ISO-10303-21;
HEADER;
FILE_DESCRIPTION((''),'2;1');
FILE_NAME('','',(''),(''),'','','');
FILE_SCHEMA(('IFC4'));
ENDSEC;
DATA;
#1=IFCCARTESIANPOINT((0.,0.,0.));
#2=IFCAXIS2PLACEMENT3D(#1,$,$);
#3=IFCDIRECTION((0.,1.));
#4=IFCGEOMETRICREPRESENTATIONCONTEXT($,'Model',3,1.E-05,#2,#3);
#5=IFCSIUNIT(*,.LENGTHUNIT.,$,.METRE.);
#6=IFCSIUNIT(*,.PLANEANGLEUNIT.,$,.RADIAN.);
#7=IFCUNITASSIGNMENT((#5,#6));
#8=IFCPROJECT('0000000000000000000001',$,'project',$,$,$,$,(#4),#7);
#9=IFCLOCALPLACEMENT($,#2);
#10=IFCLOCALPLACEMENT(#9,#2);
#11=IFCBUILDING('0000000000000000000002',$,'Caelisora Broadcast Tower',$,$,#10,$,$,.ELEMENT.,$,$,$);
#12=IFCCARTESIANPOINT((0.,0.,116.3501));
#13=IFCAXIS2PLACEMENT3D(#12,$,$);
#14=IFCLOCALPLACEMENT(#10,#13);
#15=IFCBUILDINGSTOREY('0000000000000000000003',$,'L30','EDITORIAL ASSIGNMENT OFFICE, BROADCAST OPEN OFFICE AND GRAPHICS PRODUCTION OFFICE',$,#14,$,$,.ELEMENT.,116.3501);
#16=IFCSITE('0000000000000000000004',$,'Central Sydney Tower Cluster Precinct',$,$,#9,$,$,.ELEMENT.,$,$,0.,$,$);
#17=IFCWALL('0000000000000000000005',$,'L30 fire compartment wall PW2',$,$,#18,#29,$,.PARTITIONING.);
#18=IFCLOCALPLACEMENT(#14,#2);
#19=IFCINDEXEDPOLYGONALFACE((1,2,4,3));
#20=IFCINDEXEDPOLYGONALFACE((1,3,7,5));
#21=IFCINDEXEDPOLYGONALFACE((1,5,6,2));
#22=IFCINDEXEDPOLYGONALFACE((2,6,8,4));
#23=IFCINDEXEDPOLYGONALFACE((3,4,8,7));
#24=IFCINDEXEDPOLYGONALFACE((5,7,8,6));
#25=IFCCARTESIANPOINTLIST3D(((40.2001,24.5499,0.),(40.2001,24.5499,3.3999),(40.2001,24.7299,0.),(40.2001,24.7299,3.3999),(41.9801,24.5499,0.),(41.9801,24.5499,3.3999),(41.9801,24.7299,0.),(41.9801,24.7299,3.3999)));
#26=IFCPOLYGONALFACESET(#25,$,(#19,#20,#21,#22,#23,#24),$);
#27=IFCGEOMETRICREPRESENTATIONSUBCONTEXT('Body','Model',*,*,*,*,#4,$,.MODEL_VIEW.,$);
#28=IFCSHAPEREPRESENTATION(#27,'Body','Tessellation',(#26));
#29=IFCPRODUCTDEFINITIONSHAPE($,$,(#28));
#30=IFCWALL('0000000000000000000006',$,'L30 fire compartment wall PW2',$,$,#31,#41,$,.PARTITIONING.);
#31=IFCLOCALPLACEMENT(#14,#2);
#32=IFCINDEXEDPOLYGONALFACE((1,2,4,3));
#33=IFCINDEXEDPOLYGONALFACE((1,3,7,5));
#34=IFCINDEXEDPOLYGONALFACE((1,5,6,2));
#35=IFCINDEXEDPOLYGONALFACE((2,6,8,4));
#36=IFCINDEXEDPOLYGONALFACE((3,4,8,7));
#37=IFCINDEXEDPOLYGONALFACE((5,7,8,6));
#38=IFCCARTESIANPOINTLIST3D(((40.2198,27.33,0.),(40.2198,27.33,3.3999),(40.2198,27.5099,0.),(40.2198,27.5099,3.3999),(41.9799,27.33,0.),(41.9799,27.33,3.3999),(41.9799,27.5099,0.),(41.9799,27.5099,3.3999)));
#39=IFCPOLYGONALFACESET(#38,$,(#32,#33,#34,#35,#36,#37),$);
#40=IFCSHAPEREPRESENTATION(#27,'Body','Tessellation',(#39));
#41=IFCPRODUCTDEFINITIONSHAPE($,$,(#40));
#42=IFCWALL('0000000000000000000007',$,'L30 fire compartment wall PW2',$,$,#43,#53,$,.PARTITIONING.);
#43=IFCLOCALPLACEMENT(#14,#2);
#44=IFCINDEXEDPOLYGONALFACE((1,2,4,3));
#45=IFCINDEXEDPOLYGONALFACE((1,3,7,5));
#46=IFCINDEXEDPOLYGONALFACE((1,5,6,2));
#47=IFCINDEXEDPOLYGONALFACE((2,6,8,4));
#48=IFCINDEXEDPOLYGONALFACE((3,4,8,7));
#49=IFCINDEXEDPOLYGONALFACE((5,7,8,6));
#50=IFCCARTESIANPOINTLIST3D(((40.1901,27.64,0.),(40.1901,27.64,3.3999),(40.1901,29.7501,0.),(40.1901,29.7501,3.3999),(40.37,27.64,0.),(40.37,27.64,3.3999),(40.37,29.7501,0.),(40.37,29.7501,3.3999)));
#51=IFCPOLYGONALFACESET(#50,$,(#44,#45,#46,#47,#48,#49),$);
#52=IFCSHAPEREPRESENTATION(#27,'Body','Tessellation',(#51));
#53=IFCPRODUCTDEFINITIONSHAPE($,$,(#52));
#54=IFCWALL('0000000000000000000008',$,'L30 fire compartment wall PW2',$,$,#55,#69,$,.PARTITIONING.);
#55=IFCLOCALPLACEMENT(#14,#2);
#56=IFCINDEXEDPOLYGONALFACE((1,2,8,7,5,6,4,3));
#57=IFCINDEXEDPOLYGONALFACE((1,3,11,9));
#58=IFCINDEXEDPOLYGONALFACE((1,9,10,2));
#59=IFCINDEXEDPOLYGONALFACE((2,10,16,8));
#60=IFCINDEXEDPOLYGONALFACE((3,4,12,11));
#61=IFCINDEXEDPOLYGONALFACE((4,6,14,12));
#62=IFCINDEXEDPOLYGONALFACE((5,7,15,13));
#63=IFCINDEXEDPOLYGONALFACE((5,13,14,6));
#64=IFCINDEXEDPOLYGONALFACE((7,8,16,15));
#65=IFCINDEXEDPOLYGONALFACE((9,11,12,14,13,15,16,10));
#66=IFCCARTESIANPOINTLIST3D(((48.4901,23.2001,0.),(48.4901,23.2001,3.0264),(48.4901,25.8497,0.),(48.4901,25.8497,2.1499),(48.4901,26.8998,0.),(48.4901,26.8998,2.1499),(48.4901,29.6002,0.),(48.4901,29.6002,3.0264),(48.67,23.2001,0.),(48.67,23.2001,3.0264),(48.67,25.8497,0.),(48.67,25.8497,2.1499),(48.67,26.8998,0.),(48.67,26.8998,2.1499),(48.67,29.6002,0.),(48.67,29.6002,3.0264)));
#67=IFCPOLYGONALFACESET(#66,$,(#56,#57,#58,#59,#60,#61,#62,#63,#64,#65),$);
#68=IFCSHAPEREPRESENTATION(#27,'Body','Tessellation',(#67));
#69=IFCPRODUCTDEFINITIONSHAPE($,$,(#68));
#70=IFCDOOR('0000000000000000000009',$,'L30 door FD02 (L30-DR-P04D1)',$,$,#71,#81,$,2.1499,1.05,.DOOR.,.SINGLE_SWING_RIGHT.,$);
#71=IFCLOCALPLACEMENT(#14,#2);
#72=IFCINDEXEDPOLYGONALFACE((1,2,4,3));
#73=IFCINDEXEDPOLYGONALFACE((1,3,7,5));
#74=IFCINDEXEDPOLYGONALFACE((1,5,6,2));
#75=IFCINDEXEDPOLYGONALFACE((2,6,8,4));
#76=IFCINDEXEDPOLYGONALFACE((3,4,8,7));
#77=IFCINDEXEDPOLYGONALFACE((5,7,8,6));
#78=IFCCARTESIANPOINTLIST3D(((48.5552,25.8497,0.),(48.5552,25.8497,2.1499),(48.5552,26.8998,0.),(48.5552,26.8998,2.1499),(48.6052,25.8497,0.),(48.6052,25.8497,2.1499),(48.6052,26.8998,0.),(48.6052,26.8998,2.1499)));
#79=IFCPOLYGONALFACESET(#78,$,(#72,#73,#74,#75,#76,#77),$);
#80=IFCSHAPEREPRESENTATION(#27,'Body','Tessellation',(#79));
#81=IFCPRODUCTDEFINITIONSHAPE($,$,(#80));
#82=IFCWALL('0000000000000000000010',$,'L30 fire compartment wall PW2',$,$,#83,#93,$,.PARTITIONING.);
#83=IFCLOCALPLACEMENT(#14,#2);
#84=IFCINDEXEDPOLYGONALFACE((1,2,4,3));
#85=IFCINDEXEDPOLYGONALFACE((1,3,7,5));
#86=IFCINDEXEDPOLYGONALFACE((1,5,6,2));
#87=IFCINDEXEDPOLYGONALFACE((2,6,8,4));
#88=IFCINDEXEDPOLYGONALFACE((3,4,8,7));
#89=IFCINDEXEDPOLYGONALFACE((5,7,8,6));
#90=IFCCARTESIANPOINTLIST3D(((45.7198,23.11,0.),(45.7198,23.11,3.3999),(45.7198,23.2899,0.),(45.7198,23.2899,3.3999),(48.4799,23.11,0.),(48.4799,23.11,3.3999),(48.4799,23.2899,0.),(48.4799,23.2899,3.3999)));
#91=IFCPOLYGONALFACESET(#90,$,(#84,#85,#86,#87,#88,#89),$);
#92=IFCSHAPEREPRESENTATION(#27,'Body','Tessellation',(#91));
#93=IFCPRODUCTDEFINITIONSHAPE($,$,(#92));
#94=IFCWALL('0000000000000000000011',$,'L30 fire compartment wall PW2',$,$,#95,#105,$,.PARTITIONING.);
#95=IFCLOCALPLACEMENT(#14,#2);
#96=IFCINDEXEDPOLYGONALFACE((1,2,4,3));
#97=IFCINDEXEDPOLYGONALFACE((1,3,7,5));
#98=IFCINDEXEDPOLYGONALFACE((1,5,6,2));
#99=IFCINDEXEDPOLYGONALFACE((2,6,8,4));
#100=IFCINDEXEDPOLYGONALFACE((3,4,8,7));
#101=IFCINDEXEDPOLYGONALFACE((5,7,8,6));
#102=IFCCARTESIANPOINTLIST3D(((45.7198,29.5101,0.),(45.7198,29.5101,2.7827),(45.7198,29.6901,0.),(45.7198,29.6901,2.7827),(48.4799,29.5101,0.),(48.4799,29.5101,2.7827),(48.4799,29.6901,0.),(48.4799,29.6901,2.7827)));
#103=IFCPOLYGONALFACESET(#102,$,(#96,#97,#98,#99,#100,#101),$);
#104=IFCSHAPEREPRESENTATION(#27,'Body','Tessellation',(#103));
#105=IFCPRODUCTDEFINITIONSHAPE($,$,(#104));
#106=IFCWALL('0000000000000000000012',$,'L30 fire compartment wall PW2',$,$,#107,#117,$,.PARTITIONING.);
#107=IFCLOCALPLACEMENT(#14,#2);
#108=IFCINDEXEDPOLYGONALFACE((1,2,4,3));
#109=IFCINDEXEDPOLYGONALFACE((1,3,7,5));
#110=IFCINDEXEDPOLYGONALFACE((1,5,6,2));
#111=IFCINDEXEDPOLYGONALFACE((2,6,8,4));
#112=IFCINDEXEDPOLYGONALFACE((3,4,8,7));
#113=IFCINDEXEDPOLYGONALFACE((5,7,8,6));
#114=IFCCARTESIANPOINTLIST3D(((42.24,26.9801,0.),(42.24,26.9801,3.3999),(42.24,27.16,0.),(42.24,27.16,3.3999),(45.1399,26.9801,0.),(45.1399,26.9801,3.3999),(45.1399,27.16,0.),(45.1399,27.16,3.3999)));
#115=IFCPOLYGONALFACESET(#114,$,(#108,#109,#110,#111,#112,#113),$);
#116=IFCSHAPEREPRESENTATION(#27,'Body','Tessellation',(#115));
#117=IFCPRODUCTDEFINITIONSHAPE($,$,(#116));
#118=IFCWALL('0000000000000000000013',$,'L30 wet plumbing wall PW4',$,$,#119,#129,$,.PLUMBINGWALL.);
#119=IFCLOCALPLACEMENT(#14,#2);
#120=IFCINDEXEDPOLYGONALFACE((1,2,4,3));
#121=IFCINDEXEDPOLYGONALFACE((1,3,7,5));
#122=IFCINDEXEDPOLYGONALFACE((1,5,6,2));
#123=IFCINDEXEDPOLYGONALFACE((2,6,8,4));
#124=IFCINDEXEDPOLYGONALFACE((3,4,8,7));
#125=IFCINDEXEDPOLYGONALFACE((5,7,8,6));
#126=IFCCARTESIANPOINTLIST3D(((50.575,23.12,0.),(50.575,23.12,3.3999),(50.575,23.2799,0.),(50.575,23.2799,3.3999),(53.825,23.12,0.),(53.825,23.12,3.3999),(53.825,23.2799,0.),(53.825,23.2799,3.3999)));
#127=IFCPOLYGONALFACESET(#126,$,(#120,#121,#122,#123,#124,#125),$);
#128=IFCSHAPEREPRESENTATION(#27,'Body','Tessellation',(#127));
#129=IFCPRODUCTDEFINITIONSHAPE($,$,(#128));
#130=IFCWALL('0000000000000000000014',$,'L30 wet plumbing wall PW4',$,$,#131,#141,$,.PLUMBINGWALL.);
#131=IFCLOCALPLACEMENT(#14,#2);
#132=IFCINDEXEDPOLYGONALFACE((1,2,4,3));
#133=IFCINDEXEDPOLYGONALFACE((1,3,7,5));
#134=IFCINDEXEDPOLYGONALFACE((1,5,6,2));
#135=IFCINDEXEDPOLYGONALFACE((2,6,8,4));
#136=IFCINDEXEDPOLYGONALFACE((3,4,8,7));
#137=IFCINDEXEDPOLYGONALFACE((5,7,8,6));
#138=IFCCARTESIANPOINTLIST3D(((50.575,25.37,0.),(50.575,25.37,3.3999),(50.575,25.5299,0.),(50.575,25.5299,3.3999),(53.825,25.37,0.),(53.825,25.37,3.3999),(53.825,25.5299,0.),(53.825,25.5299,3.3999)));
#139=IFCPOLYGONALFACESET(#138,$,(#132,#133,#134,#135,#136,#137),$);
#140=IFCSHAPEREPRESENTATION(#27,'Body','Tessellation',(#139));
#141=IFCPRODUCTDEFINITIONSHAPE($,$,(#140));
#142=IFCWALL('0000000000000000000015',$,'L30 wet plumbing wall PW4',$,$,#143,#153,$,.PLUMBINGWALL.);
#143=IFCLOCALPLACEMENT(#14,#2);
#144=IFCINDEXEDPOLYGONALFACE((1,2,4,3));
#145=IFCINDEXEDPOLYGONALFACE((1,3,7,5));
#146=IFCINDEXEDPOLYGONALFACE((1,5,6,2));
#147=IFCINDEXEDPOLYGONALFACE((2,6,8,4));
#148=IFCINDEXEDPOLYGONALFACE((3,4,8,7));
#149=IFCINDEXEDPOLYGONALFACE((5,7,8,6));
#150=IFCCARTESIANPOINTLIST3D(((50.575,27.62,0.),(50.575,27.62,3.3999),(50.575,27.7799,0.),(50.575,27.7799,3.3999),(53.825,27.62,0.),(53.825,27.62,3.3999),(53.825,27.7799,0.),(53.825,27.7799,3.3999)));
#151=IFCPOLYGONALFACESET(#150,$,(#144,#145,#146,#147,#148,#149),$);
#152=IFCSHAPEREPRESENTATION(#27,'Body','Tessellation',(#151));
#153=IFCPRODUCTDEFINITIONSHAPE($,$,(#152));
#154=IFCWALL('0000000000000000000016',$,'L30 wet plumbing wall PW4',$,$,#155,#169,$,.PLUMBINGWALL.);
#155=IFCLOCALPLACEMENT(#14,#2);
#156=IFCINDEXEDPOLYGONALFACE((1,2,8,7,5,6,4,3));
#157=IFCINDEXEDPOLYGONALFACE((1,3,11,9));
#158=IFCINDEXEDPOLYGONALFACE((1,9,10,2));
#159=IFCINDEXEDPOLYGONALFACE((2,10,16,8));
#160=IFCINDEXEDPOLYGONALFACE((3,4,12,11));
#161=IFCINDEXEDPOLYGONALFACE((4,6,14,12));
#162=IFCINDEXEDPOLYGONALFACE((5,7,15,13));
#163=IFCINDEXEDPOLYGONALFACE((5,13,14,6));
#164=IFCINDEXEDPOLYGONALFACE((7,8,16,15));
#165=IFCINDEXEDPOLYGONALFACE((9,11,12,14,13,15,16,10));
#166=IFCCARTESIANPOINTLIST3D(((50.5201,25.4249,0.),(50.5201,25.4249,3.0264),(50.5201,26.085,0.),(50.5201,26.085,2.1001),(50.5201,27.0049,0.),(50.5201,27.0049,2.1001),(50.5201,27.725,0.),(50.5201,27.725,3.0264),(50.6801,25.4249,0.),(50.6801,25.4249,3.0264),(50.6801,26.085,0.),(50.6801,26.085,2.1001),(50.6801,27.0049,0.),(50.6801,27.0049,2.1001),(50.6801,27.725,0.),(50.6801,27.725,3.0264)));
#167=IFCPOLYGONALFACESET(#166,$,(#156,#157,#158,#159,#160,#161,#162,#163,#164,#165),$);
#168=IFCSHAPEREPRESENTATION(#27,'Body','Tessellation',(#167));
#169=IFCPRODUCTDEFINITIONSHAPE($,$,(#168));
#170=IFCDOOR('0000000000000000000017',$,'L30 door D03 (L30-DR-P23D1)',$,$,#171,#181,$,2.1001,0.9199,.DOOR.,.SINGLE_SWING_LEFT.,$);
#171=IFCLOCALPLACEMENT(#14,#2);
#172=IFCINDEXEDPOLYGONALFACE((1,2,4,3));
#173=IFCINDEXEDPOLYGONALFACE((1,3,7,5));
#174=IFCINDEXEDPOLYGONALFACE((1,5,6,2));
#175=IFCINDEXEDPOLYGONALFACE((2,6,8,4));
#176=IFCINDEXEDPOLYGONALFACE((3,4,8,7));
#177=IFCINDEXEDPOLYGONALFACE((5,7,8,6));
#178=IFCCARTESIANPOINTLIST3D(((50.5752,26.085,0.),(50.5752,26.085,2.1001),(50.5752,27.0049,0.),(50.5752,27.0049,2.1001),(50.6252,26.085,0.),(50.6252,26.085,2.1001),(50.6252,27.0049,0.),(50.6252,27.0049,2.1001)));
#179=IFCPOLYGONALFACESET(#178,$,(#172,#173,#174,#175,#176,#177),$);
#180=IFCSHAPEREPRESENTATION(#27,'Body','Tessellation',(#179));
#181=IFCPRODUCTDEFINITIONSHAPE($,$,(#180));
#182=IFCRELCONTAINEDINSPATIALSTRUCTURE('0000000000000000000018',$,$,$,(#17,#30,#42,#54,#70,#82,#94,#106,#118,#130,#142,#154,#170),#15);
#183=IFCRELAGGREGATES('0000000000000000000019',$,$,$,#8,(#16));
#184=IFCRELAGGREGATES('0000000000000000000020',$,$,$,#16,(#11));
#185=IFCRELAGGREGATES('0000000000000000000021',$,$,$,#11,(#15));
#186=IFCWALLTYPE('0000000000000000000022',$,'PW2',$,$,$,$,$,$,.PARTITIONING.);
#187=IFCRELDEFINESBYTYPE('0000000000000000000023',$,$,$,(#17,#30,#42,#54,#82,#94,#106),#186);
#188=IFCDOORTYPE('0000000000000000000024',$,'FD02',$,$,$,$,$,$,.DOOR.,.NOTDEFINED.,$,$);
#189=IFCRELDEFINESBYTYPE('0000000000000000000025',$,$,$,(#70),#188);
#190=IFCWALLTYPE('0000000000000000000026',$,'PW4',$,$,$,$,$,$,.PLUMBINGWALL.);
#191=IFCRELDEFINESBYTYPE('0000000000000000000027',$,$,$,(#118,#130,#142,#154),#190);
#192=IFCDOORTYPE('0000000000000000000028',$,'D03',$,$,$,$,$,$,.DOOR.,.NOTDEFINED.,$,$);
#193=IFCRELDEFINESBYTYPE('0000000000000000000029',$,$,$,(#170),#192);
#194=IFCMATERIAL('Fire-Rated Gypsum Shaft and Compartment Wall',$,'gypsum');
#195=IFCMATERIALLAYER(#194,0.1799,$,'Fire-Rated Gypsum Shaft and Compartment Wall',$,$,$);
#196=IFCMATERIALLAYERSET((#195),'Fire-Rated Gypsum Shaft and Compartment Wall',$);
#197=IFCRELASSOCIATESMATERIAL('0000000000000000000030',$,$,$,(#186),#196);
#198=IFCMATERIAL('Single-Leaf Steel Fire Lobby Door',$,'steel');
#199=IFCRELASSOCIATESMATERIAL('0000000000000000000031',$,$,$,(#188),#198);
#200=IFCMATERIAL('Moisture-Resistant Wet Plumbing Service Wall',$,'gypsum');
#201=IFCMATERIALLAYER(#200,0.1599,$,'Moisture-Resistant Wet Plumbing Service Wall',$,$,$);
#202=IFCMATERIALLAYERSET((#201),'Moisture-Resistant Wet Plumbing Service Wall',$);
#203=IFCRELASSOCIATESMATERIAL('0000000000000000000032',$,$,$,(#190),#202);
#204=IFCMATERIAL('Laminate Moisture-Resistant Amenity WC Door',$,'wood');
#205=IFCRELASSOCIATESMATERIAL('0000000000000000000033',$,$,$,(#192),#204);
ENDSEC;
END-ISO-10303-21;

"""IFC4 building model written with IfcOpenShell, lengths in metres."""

from ifc_helpers import new_model, si_unit, direction, frame, frame_2d, origin, place, context, subcontext, project, spatial, rectangle, extrude, material, layer, layer_set, type_object, element, fill, save


model = new_model("IFC4")

# Units and contexts
model_context = context("Model", 3, precision=1e-05, world=origin(), true_north=direction((0.0, 1.0)))
body_context = subcontext(model_context, "Body", "Model", "MODEL_VIEW")
ifc_project = project(units=[si_unit("LENGTHUNIT", "METRE"), si_unit("PLANEANGLEUNIT", "RADIAN")], contexts=[model_context])

# Site, building, storey
site_placement = place(None, origin())
site = spatial("IfcSite", under=ifc_project, at=site_placement, Name="Central Sydney Tower Cluster Precinct", CompositionType="ELEMENT", RefElevation=0.0)
building_placement = place(site_placement, origin())
building = spatial("IfcBuilding", under=site, at=building_placement, Name="Caelisora Broadcast Tower", CompositionType="ELEMENT")
storey_placement = place(building_placement, frame((0.0, 0.0, 116.3501)))
storey = spatial("IfcBuildingStorey", under=building, at=storey_placement, Name="L30", Description="EDITORIAL ASSIGNMENT OFFICE, BROADCAST OPEN OFFICE AND GRAPHICS PRODUCTION OFFICE", CompositionType="ELEMENT", Elevation=116.3501)

# Walls
ifc_material_1 = material(Name="Fire-Rated Gypsum Shaft and Compartment Wall", Category="gypsum")
ifc_layer_1 = layer(ifc_material_1, 0.1799, Name="Fire-Rated Gypsum Shaft and Compartment Wall")
ifc_layer_set_1 = layer_set([ifc_layer_1], Name="Fire-Rated Gypsum Shaft and Compartment Wall")
wall_type_1 = type_object("IfcWallType", Name="PW2", PredefinedType="PARTITIONING", material=ifc_layer_set_1)
wall_1_placement = place(storey_placement, frame((40.2, 24.6399, 0.0), z_axis=(0.0, 0.0, 1.0), x_axis=(1.0, 0.0, 0.0)))
element("IfcWall", 1, at=wall_1_placement, inside=storey, type_object=wall_type_1, Name="L30 fire compartment wall PW2", PredefinedType="PARTITIONING", context=body_context, shape_type="SweptSolid", body=[
    extrude(rectangle(XDim=1.78, YDim=0.1799, at=frame_2d((0.8901, 0.0))), origin(), (0.0, 0.0, 1.0), 3.3999),
])
wall_2_placement = place(storey_placement, frame((40.22, 27.4199, 0.0), z_axis=(0.0, 0.0, 1.0), x_axis=(1.0, 0.0, 0.0)))
element("IfcWall", 2, at=wall_2_placement, inside=storey, type_object=wall_type_1, Name="L30 fire compartment wall PW2", PredefinedType="PARTITIONING", context=body_context, shape_type="SweptSolid", body=[
    extrude(rectangle(XDim=1.76, YDim=0.1799, at=frame_2d((0.8799, 0.0))), origin(), (0.0, 0.0, 1.0), 3.3999),
])
wall_3_placement = place(storey_placement, frame((40.28, 27.6399, 0.0), z_axis=(0.0, 0.0, 1.0), x_axis=(0.0, 1.0, 0.0)))
element("IfcWall", 3, at=wall_3_placement, inside=storey, type_object=wall_type_1, Name="L30 fire compartment wall PW2", PredefinedType="PARTITIONING", context=body_context, shape_type="SweptSolid", body=[
    extrude(rectangle(XDim=2.1101, YDim=0.1799, at=frame_2d((1.0552, 0.0))), origin(), (0.0, 0.0, 1.0), 3.3999),
])

# Wall, opening, door
wall_4_placement = place(storey_placement, frame((48.5801, 23.2, 0.0), z_axis=(0.0, 0.0, 1.0), x_axis=(0.0, 1.0, 0.0)))
wall_4 = element("IfcWall", 4, at=wall_4_placement, inside=storey, type_object=wall_type_1, Name="L30 fire compartment wall PW2", PredefinedType="PARTITIONING", context=body_context, shape_type="SweptSolid", body=[
    extrude(rectangle(XDim=6.4001, YDim=0.1799, at=frame_2d((3.2002, 0.0))), origin(), (0.0, 0.0, 1.0), 3.0264),
])
opening_1_placement = place(wall_4_placement, frame((2.6499, 0.0, 0.0)))
opening_1 = element("IfcOpeningElement", 5, at=opening_1_placement, cuts=wall_4, PredefinedType="OPENING", context=body_context, shape_type="SweptSolid", body=[
    extrude(rectangle(XDim=1.05, YDim=2.1499, at=frame_2d((0.5249, 1.075))), frame((0.0, 0.1021, 0.0), z_axis=(0.0, -1.0, 0.0), x_axis=(1.0, 0.0, 0.0)), (0.0, 0.0, 1.0), 0.2039),
])
ifc_material_2 = material(Name="Single-Leaf Steel Fire Lobby Door", Category="steel")
door_type_1 = type_object("IfcDoorType", Name="FD02", OperationType="NOTDEFINED", PredefinedType="DOOR", material=ifc_material_2)
door_1_placement = place(opening_1_placement, origin())
door_1 = element("IfcDoor", 6, at=door_1_placement, inside=storey, type_object=door_type_1, Name="L30 door FD02 (L30-DR-P04D1)", OperationType="SINGLE_SWING_RIGHT", OverallHeight=2.1499, OverallWidth=1.05, PredefinedType="DOOR", context=body_context, shape_type="SweptSolid", body=[
    extrude(rectangle(XDim=1.05, YDim=2.1499, at=frame_2d((0.5249, 1.075))), frame((0.0, 0.0249, 0.0), z_axis=(0.0, -1.0, 0.0), x_axis=(1.0, 0.0, 0.0)), (0.0, 0.0, 1.0), 0.05),
])
fill(opening_1, door_1)

# Walls
wall_5_placement = place(storey_placement, frame((45.72, 23.2, 0.0), z_axis=(0.0, 0.0, 1.0), x_axis=(1.0, 0.0, 0.0)))
element("IfcWall", 7, at=wall_5_placement, inside=storey, type_object=wall_type_1, Name="L30 fire compartment wall PW2", PredefinedType="PARTITIONING", context=body_context, shape_type="SweptSolid", body=[
    extrude(rectangle(XDim=2.76, YDim=0.1799, at=frame_2d((1.3799, 0.0))), origin(), (0.0, 0.0, 1.0), 3.3999),
])
wall_6_placement = place(storey_placement, frame((45.72, 29.6001, 0.0), z_axis=(0.0, 0.0, 1.0), x_axis=(1.0, 0.0, 0.0)))
element("IfcWall", 8, at=wall_6_placement, inside=storey, type_object=wall_type_1, Name="L30 fire compartment wall PW2", PredefinedType="PARTITIONING", context=body_context, shape_type="SweptSolid", body=[
    extrude(rectangle(XDim=2.76, YDim=0.1799, at=frame_2d((1.3799, 0.0))), origin(), (0.0, 0.0, 1.0), 2.7827),
])
wall_7_placement = place(storey_placement, frame((42.24, 27.0701, 0.0), z_axis=(0.0, 0.0, 1.0), x_axis=(1.0, 0.0, 0.0)))
element("IfcWall", 9, at=wall_7_placement, inside=storey, type_object=wall_type_1, Name="L30 fire compartment wall PW2", PredefinedType="PARTITIONING", context=body_context, shape_type="SweptSolid", body=[
    extrude(rectangle(XDim=2.8999, YDim=0.1799, at=frame_2d((1.45, 0.0))), origin(), (0.0, 0.0, 1.0), 3.3999),
])
ifc_material_3 = material(Name="Moisture-Resistant Wet Plumbing Service Wall", Category="gypsum")
ifc_layer_2 = layer(ifc_material_3, 0.1599, Name="Moisture-Resistant Wet Plumbing Service Wall")
ifc_layer_set_2 = layer_set([ifc_layer_2], Name="Moisture-Resistant Wet Plumbing Service Wall")
wall_type_2 = type_object("IfcWallType", Name="PW4", PredefinedType="PLUMBINGWALL", material=ifc_layer_set_2)
for number, where, z_axis, x_axis, name in (
    (10, (50.575, 23.2, 0.0), (0.0, 0.0, 1.0), (1.0, 0.0, 0.0), "L30 wet plumbing wall PW4"),
    (11, (50.575, 25.45, 0.0), (0.0, 0.0, 1.0), (1.0, 0.0, 0.0), "L30 wet plumbing wall PW4"),
    (12, (50.575, 27.7, 0.0), (0.0, 0.0, 1.0), (1.0, 0.0, 0.0), "L30 wet plumbing wall PW4"),
):
    element("IfcWall", number, at=place(storey_placement, frame(where, z_axis=z_axis, x_axis=x_axis)), inside=storey, type_object=wall_type_2, Name=name, PredefinedType="PLUMBINGWALL", context=body_context, shape_type="SweptSolid", body=[
        extrude(rectangle(XDim=3.25, YDim=0.1599, at=frame_2d((1.625, 0.0))), origin(), (0.0, 0.0, 1.0), 3.3999),
    ])

# Wall, opening, door
wall_8_placement = place(storey_placement, frame((50.6001, 25.425, 0.0), z_axis=(0.0, 0.0, 1.0), x_axis=(0.0, 1.0, 0.0)))
wall_8 = element("IfcWall", 13, at=wall_8_placement, inside=storey, type_object=wall_type_2, Name="L30 wet plumbing wall PW4", PredefinedType="PLUMBINGWALL", context=body_context, shape_type="SweptSolid", body=[
    extrude(rectangle(XDim=2.3, YDim=0.1599, at=frame_2d((1.1499, 0.0))), origin(), (0.0, 0.0, 1.0), 3.0264),
])
opening_2_placement = place(wall_8_placement, frame((0.6599, 0.0, 0.0)))
opening_2 = element("IfcOpeningElement", 14, at=opening_2_placement, cuts=wall_8, PredefinedType="OPENING", context=body_context, shape_type="SweptSolid", body=[
    extrude(rectangle(XDim=0.9199, YDim=2.1001, at=frame_2d((0.46, 1.05))), frame((0.0, 0.092, 0.0), z_axis=(0.0, -1.0, 0.0), x_axis=(1.0, 0.0, 0.0)), (0.0, 0.0, 1.0), 0.1838),
])
ifc_material_4 = material(Name="Laminate Moisture-Resistant Amenity WC Door", Category="wood")
door_type_2 = type_object("IfcDoorType", Name="D03", OperationType="NOTDEFINED", PredefinedType="DOOR", material=ifc_material_4)
door_2_placement = place(opening_2_placement, origin())
door_2 = element("IfcDoor", 15, at=door_2_placement, inside=storey, type_object=door_type_2, Name="L30 door D03 (L30-DR-P23D1)", OperationType="SINGLE_SWING_LEFT", OverallHeight=2.1001, OverallWidth=0.9199, PredefinedType="DOOR", context=body_context, shape_type="SweptSolid", body=[
    extrude(rectangle(XDim=0.9199, YDim=2.1001, at=frame_2d((0.46, 1.05))), frame((0.0, 0.0249, 0.0), z_axis=(0.0, -1.0, 0.0), x_axis=(1.0, 0.0, 0.0)), (0.0, 0.0, 1.0), 0.05),
])
fill(opening_2, door_2)

save(model, "model.ifc")
